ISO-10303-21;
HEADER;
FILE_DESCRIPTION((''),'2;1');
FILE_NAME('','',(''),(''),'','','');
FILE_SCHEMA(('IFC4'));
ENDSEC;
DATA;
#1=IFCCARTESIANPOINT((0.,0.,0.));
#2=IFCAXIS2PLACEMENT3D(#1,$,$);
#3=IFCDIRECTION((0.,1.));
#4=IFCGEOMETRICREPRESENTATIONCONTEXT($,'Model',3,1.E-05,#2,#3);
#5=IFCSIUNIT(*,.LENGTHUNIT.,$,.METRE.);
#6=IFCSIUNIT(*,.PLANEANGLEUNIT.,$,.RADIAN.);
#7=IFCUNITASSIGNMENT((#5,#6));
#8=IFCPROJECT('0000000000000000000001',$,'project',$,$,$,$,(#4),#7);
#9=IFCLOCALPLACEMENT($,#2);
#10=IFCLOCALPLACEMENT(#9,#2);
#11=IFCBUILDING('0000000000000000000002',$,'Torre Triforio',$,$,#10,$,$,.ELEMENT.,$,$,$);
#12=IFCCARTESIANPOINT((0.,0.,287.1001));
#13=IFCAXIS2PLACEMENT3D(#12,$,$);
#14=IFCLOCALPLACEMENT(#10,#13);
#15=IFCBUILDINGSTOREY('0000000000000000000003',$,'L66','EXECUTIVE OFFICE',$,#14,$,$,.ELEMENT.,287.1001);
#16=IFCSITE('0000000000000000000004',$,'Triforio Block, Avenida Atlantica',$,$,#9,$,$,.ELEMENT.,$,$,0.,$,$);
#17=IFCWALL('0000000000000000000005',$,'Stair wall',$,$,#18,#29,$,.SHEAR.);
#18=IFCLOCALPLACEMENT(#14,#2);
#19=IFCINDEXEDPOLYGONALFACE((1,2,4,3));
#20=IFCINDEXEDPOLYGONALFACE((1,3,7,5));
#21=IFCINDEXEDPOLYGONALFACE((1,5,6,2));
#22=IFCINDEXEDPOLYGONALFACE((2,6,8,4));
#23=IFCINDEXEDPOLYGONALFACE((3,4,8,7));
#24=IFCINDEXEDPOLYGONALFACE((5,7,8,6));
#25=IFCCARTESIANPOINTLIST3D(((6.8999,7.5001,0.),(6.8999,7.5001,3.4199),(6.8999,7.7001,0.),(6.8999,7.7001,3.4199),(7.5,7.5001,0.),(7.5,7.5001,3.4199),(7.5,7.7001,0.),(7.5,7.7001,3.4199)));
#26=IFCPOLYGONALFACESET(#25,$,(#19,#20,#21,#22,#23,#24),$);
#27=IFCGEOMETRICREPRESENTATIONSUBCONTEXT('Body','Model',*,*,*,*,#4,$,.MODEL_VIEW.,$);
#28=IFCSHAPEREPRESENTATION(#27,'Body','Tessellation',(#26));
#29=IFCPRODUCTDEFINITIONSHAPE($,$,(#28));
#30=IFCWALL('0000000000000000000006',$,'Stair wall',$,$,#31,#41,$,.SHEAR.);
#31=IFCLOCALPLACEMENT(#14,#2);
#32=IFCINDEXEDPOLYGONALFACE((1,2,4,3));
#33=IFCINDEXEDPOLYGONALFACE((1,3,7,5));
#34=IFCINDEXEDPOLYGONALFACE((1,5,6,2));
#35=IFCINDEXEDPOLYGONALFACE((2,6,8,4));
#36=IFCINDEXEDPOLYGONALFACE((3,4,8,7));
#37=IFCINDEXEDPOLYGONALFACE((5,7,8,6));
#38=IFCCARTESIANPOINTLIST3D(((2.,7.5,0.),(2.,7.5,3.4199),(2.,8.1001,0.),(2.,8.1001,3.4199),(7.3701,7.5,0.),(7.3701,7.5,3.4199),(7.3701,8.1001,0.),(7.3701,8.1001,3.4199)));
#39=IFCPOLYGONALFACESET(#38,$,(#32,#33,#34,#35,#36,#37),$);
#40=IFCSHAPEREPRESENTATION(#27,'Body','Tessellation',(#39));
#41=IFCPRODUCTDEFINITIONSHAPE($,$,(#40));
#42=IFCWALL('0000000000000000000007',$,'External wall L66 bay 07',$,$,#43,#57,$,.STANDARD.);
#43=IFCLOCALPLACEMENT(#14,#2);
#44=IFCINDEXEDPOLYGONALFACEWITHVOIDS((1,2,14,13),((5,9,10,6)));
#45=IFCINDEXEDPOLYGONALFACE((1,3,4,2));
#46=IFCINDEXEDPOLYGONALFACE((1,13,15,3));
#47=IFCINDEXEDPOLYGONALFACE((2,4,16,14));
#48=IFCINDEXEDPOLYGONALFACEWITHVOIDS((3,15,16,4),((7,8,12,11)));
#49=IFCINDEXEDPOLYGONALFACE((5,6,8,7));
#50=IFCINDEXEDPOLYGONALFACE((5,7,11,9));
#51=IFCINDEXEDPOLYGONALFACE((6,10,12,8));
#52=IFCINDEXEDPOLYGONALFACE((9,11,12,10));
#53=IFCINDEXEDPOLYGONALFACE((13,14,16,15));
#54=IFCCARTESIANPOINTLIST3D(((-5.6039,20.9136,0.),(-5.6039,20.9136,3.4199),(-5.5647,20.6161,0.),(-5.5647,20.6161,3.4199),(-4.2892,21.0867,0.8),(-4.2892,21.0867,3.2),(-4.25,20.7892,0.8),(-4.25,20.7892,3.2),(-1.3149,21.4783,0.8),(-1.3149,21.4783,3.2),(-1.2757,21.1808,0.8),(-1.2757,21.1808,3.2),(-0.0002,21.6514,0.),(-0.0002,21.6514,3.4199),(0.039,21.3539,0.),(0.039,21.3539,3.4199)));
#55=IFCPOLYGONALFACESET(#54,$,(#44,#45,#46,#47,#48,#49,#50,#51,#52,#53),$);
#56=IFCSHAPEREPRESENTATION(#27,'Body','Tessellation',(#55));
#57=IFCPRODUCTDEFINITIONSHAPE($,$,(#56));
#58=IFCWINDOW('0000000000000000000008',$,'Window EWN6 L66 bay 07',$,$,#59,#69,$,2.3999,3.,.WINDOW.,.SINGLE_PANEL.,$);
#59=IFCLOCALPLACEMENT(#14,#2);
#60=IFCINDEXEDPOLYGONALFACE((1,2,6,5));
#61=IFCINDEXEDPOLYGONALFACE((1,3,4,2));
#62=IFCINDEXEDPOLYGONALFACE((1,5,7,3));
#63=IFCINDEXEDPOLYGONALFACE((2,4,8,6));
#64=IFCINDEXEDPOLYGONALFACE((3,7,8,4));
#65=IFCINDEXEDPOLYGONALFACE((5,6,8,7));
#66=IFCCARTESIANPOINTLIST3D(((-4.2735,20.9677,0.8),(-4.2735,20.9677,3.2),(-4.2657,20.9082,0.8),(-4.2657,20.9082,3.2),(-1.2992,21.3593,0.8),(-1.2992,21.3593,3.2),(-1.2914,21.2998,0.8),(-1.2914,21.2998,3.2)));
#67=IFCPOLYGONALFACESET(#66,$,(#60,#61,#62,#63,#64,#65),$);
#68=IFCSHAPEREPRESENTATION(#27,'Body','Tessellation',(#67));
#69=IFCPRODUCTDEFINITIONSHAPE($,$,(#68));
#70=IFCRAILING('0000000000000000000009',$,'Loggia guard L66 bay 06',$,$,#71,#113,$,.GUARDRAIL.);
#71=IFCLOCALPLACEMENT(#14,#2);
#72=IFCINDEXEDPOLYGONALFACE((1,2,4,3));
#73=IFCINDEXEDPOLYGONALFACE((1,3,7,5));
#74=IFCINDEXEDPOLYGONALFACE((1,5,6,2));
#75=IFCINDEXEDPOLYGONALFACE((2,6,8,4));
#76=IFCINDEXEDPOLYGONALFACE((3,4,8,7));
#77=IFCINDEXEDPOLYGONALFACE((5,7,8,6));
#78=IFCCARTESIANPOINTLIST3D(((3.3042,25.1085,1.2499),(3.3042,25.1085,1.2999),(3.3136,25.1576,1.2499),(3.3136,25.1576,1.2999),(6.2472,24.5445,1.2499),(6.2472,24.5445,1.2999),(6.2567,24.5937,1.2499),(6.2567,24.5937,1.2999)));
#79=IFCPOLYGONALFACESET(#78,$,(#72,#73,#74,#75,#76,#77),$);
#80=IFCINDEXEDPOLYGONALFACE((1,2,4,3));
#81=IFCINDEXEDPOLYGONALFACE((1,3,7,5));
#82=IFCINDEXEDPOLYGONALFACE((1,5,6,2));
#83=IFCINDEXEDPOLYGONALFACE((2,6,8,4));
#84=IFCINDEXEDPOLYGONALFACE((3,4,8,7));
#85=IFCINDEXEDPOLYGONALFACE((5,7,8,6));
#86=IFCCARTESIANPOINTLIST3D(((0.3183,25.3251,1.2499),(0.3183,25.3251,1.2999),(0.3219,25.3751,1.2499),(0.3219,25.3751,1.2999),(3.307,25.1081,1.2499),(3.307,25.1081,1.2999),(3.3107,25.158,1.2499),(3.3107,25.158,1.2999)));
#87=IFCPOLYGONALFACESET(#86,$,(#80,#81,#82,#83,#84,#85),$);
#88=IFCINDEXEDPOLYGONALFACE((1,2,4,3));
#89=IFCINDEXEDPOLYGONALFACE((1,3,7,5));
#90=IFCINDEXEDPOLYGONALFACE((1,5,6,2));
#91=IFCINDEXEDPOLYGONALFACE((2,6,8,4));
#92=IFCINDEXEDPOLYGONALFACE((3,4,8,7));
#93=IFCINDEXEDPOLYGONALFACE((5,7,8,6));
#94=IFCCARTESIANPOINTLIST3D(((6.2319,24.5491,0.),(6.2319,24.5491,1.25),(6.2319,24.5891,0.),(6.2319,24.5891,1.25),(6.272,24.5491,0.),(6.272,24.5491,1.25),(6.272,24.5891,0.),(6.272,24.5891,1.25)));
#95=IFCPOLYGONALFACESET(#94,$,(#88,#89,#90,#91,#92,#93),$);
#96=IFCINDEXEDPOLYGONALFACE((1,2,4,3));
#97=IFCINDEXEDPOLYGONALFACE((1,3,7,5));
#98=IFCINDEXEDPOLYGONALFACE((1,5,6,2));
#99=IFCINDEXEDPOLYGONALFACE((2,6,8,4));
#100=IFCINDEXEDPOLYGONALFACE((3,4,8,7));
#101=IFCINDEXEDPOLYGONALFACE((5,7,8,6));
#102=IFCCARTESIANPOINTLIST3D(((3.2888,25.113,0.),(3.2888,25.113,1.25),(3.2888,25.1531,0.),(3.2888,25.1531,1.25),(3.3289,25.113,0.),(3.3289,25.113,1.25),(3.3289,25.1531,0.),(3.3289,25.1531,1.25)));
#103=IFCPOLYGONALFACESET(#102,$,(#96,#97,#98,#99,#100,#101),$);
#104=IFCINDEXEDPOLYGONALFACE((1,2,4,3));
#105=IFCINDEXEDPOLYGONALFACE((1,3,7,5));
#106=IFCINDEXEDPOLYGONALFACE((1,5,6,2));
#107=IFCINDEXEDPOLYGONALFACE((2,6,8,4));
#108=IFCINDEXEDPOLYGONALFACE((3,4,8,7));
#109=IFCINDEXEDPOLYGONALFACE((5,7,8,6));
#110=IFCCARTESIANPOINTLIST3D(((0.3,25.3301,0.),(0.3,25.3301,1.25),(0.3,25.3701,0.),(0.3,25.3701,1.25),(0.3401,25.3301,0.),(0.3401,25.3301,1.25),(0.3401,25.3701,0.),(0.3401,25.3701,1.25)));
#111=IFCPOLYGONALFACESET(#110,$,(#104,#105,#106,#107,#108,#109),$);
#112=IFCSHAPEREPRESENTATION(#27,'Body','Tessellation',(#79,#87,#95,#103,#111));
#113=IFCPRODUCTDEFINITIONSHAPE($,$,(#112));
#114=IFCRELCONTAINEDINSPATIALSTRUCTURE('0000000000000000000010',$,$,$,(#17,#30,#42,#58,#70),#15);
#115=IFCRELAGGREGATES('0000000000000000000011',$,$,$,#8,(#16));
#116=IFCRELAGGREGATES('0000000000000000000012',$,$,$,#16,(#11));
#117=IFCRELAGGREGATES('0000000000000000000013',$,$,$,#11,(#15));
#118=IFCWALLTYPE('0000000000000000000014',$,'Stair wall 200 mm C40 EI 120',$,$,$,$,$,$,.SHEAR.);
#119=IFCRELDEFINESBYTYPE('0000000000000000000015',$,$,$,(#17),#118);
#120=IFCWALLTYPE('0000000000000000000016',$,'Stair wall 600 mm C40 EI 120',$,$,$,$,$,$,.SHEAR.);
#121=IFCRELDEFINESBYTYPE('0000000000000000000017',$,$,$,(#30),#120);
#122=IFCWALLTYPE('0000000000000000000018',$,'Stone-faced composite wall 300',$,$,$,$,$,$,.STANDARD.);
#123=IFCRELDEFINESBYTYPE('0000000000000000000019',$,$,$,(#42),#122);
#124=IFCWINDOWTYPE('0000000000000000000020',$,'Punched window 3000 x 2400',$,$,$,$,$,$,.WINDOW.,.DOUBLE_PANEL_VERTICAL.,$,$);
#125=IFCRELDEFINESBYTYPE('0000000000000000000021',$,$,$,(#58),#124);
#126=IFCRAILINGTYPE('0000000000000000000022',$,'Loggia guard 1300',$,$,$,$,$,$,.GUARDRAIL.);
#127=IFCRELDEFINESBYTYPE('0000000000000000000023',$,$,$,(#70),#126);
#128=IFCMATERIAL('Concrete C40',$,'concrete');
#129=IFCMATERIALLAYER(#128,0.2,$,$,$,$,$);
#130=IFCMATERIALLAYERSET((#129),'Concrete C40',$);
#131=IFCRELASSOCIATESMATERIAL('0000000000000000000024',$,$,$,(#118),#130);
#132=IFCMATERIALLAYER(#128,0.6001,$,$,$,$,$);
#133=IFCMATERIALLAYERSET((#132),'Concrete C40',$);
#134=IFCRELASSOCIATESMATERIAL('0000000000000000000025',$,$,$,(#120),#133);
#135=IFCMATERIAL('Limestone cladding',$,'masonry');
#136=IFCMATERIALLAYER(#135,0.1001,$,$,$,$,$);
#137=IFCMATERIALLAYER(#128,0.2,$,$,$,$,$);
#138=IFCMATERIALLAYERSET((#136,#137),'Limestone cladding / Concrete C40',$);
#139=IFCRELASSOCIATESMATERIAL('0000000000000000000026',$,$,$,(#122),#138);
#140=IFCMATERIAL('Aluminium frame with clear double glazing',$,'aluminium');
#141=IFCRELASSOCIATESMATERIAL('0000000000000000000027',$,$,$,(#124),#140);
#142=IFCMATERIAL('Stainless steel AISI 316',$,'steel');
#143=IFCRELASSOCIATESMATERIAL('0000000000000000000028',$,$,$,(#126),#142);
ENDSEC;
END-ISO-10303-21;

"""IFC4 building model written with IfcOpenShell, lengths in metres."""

from ifc_helpers import new_model, si_unit, direction, frame, frame_2d, origin, origin_2d, place, context, subcontext, project, spatial, rectangle, extrude, material, layer, layer_set, type_object, element, fill, save


model = new_model("IFC4")

# Units and contexts
model_context = context("Model", 3, precision=1e-05, world=origin(), true_north=direction((0.0, 1.0)))
body_context = subcontext(model_context, "Body", "Model", "MODEL_VIEW")
ifc_project = project(units=[si_unit("LENGTHUNIT", "METRE"), si_unit("PLANEANGLEUNIT", "RADIAN")], contexts=[model_context])

# Site, building, storey
site_placement = place(None, origin())
site = spatial("IfcSite", under=ifc_project, at=site_placement, Name="Triforio Block, Avenida Atlantica", CompositionType="ELEMENT", RefElevation=0.0)
building_placement = place(site_placement, origin())
building = spatial("IfcBuilding", under=site, at=building_placement, Name="Torre Triforio", CompositionType="ELEMENT")
storey_placement = place(building_placement, frame((0.0, 0.0, 287.1001)))
storey = spatial("IfcBuildingStorey", under=building, at=storey_placement, Name="L66", Description="EXECUTIVE OFFICE", CompositionType="ELEMENT", Elevation=287.1001)

# Shared definitions
ifc_material_1 = material(Name="Concrete C40", Category="concrete")

# Walls
ifc_layer_1 = layer(ifc_material_1, 0.2)
ifc_layer_set_1 = layer_set([ifc_layer_1], Name="Concrete C40")
wall_type_1 = type_object("IfcWallType", Name="Stair wall 200 mm C40 EI 120", PredefinedType="SHEAR", material=ifc_layer_set_1)
wall_1_placement = place(storey_placement, frame((6.8999, 7.6001, 0.0), z_axis=(0.0, 0.0, 1.0), x_axis=(1.0, 0.0, 0.0)))
element("IfcWall", 1, at=wall_1_placement, inside=storey, type_object=wall_type_1, Name="Stair wall", PredefinedType="SHEAR", context=body_context, shape_type="SweptSolid", body=[
    extrude(rectangle(XDim=0.6001, YDim=0.2, at=frame_2d((0.3, 0.0))), origin(), (0.0, 0.0, 1.0), 3.4199),
])
ifc_layer_2 = layer(ifc_material_1, 0.6001)
ifc_layer_set_2 = layer_set([ifc_layer_2], Name="Concrete C40")
wall_type_2 = type_object("IfcWallType", Name="Stair wall 600 mm C40 EI 120", PredefinedType="SHEAR", material=ifc_layer_set_2)
wall_2_placement = place(storey_placement, frame((2.0, 7.8, 0.0), z_axis=(0.0, 0.0, 1.0), x_axis=(1.0, 0.0, 0.0)))
element("IfcWall", 2, at=wall_2_placement, inside=storey, type_object=wall_type_2, Name="Stair wall", PredefinedType="SHEAR", context=body_context, shape_type="SweptSolid", body=[
    extrude(rectangle(XDim=5.3701, YDim=0.6001, at=frame_2d((2.6851, 0.0))), origin(), (0.0, 0.0, 1.0), 3.4199),
])

# Shared definitions
ifc_material_2 = material(Name="Limestone cladding", Category="masonry")
ifc_layer_3 = layer(ifc_material_2, 0.1001)
ifc_layer_4 = layer(ifc_material_1, 0.2)
ifc_layer_set_3 = layer_set([ifc_layer_3, ifc_layer_4], Name="Limestone cladding / Concrete C40")
wall_type_3 = type_object("IfcWallType", Name="Stone-faced composite wall 300", PredefinedType="STANDARD", material=ifc_layer_set_3)
ifc_material_3 = material(Name="Aluminium frame with clear double glazing", Category="aluminium")

# Wall, opening, window
wall_3_placement = place(storey_placement, frame((0.0195, 21.5027, 0.0), z_axis=(0.0, 0.0, 1.0), x_axis=(-0.991444, -0.130534, 0.0)))
wall_3 = element("IfcWall", 3, at=wall_3_placement, inside=storey, type_object=wall_type_3, Name="External wall L66 bay 07", PredefinedType="STANDARD", context=body_context, shape_type="SweptSolid", body=[
    extrude(rectangle(XDim=5.6521, YDim=0.3, at=frame_2d((2.8262, 0.0))), origin(), (0.0, 0.0, 1.0), 3.4199),
])
opening_1_placement = place(wall_3_placement, frame((1.3262, 0.0, 0.8)))
opening_1 = element("IfcOpeningElement", 4, at=opening_1_placement, cuts=wall_3, PredefinedType="OPENING", context=body_context, shape_type="SweptSolid", body=[
    extrude(rectangle(XDim=3.0, YDim=2.3999, at=frame_2d((1.5, 1.2))), frame((0.0, 0.1599, 0.0), z_axis=(0.0, -1.0, 0.0), x_axis=(1.0, 0.0, 0.0)), (0.0, 0.0, 1.0), 0.3201),
])
window_type_1 = type_object("IfcWindowType", Name="Punched window 3000 x 2400", PartitioningType="DOUBLE_PANEL_VERTICAL", PredefinedType="WINDOW", material=ifc_material_3)
window_1_placement = place(opening_1_placement, origin())
window_1 = element("IfcWindow", 5, at=window_1_placement, inside=storey, type_object=window_type_1, Name="Window EWN6 L66 bay 07", OverallHeight=2.3999, OverallWidth=3.0, PartitioningType="SINGLE_PANEL", PredefinedType="WINDOW", context=body_context, shape_type="SweptSolid", body=[
    extrude(rectangle(XDim=3.0, YDim=2.3999, at=frame_2d((1.5, 1.2))), frame((0.0, 0.03, 0.0), z_axis=(0.0, -1.0, 0.0), x_axis=(1.0, 0.0, 0.0)), (0.0, 0.0, 1.0), 0.0601),
])
fill(opening_1, window_1)

# Railing
ifc_material_4 = material(Name="Stainless steel AISI 316", Category="steel")
railing_type = type_object("IfcRailingType", Name="Loggia guard 1300", PredefinedType="GUARDRAIL", material=ifc_material_4)
railing_placement = place(storey_placement, frame((6.252, 24.5691, 0.0)))
element("IfcRailing", 6, at=railing_placement, inside=storey, type_object=railing_type, Name="Loggia guard L66 bay 06", PredefinedType="GUARDRAIL", context=body_context, shape_type="SweptSolid", body=[
    extrude(rectangle(XDim=0.05, YDim=0.05, at=origin_2d()), frame((0.0, 0.0, 1.2749), z_axis=(-0.982131, 0.188198, 0.0), x_axis=(-0.188198, -0.982131, 0.0)), (0.0, 0.0, 1.0), 2.9966),
    extrude(rectangle(XDim=0.05, YDim=0.05, at=origin_2d()), frame((-2.9431, 0.564, 1.2749), z_axis=(-0.997374, 0.072428, 0.0), x_axis=(-0.072428, -0.997374, 0.0)), (0.0, 0.0, 1.0), 2.9966),
    extrude(rectangle(XDim=0.04, YDim=0.04, at=origin_2d()), origin(), (0.0, 0.0, 1.0), 1.25),
    extrude(rectangle(XDim=0.04, YDim=0.04, at=origin_2d()), frame((-2.9431, 0.564, 0.0)), (0.0, 0.0, 1.0), 1.25),
    extrude(rectangle(XDim=0.04, YDim=0.04, at=origin_2d()), frame((-5.9319, 0.781, 0.0)), (0.0, 0.0, 1.0), 1.25),
])

save(model, "model.ifc")
